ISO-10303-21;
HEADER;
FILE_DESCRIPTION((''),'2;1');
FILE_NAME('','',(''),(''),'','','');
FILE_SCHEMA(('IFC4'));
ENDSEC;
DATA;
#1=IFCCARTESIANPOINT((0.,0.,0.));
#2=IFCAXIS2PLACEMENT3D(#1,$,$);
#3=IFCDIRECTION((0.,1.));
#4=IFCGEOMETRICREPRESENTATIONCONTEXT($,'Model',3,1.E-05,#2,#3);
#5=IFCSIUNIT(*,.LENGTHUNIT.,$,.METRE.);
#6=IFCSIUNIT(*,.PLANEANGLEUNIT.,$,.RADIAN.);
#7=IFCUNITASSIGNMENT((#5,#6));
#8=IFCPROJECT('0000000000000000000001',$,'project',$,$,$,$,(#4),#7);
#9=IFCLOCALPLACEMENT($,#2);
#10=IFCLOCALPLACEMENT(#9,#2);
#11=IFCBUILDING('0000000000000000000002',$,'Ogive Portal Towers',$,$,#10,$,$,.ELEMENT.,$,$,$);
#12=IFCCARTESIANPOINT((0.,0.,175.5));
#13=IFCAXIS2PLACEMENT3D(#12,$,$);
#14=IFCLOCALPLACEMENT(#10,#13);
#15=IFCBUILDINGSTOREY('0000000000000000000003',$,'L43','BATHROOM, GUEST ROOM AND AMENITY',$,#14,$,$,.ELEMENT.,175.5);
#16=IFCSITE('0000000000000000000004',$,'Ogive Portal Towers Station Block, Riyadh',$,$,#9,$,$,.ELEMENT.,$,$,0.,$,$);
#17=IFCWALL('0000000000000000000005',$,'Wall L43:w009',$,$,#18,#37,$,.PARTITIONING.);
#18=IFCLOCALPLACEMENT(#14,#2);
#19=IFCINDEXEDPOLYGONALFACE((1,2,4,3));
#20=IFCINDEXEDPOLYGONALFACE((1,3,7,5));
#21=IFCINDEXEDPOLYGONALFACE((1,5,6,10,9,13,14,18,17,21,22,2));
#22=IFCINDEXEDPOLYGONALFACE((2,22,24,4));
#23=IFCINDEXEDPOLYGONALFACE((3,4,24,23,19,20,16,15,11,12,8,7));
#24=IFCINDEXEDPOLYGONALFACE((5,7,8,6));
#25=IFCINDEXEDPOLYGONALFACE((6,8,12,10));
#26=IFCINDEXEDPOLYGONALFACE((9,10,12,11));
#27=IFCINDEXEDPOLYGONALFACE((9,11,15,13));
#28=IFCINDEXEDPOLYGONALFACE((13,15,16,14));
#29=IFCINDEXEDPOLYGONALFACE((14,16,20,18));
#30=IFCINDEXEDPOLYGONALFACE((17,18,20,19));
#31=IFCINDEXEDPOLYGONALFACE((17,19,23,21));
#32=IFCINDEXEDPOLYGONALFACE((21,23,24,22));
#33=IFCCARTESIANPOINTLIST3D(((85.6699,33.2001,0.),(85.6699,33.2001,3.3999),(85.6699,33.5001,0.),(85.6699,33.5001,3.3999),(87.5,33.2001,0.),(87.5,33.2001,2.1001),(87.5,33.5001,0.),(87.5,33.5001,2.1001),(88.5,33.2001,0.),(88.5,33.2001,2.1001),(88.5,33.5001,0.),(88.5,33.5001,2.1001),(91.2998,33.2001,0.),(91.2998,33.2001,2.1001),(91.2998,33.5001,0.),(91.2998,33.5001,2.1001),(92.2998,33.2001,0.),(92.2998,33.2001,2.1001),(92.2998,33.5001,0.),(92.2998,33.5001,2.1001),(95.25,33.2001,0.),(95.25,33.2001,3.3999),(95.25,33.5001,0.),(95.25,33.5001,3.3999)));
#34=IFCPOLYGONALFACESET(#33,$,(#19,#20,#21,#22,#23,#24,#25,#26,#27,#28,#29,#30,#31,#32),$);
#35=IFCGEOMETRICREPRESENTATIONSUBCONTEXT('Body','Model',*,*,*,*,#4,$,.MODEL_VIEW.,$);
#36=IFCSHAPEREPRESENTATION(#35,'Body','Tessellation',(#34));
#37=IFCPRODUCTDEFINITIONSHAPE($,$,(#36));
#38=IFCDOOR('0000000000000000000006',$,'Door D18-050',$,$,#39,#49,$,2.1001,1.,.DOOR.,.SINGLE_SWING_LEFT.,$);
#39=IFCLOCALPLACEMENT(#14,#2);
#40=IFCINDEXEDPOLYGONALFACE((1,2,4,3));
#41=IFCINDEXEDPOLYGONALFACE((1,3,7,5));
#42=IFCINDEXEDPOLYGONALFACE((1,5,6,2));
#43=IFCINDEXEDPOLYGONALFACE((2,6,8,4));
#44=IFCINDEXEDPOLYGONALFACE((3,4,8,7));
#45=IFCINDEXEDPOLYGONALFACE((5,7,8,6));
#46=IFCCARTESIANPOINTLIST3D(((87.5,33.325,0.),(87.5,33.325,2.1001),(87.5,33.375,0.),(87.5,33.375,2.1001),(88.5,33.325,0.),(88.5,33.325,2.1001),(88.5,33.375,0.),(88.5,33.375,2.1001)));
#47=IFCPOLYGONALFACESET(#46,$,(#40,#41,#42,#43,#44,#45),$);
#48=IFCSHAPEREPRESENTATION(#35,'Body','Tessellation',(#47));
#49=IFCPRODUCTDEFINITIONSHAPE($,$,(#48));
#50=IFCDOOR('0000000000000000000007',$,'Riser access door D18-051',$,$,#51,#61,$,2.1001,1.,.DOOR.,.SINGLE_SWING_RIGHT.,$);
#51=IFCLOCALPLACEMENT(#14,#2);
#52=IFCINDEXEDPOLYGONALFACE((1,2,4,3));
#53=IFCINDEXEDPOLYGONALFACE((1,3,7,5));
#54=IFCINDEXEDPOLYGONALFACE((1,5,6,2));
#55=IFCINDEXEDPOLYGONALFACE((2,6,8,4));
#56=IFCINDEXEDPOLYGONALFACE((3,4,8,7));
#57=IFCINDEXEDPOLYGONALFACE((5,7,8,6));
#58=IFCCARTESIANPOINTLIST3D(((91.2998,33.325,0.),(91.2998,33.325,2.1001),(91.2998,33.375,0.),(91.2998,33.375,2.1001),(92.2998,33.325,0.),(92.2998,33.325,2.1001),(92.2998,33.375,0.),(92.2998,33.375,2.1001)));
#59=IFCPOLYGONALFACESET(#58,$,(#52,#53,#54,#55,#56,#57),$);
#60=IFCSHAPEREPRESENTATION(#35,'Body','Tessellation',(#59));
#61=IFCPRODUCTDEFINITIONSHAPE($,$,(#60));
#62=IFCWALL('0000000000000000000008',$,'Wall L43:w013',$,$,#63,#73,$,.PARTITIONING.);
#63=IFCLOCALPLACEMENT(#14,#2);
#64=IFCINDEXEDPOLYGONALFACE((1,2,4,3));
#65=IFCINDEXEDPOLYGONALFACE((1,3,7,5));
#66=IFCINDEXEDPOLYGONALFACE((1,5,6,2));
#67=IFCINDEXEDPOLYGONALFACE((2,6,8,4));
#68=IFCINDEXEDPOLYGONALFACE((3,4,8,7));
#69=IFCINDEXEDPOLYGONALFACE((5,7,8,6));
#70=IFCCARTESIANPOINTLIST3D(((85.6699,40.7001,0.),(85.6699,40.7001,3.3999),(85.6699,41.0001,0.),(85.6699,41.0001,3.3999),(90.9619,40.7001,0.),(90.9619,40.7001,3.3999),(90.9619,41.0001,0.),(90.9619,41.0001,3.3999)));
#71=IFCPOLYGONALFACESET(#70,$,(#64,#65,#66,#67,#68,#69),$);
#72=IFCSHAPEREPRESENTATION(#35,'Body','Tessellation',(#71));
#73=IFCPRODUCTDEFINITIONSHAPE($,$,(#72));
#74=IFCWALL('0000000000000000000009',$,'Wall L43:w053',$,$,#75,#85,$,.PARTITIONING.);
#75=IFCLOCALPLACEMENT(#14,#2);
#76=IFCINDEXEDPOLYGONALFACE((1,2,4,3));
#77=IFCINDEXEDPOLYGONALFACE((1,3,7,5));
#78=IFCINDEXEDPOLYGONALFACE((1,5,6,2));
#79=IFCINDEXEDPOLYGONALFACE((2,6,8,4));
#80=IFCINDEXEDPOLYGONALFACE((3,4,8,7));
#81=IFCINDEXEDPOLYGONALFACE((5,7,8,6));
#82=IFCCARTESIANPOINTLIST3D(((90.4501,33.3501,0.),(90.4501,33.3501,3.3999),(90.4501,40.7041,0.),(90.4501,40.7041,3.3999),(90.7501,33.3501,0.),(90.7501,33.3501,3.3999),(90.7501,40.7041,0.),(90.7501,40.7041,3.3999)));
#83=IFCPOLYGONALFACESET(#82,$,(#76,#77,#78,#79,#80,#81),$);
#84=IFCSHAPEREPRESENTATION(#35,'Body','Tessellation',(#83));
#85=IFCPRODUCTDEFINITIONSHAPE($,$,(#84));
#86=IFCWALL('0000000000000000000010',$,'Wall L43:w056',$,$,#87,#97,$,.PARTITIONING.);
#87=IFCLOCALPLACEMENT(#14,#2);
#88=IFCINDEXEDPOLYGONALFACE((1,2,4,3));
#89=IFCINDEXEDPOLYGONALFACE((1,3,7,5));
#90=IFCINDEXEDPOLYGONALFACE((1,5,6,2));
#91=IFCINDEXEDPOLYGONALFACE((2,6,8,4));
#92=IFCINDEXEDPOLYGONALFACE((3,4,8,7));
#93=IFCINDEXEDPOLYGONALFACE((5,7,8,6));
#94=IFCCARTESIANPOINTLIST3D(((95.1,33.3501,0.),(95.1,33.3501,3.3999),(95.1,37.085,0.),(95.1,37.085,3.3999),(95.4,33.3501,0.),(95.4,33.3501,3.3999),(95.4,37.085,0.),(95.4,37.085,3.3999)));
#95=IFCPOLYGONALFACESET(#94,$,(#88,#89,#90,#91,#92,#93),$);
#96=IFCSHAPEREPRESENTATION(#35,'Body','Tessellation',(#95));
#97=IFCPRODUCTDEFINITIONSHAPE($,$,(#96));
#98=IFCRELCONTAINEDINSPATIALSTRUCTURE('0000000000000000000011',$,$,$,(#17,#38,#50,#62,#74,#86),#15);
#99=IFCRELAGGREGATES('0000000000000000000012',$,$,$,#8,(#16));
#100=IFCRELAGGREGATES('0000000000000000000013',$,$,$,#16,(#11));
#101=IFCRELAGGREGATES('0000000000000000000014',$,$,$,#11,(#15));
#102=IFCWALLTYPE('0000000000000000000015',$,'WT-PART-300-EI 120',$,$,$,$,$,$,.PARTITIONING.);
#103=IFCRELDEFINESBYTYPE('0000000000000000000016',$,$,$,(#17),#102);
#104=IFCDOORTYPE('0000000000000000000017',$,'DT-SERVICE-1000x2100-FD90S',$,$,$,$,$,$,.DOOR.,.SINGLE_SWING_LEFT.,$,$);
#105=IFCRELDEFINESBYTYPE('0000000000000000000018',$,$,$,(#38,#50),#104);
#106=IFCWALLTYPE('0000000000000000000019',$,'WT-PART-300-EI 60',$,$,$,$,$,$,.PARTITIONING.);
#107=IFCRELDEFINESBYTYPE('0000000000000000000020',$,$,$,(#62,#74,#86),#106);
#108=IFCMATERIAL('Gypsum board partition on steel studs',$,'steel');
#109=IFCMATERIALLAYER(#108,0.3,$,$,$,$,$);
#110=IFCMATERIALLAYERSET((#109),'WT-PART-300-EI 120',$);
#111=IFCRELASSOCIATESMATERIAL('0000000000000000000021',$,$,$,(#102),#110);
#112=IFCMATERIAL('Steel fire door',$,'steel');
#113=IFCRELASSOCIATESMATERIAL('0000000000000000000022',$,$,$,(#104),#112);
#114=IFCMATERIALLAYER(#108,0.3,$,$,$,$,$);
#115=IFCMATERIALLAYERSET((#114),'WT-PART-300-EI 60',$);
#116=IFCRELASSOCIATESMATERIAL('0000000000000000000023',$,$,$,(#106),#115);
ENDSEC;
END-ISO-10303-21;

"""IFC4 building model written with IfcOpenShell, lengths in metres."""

from ifc_helpers import new_model, si_unit, direction, frame, frame_2d, origin, place, context, subcontext, project, spatial, rectangle, extrude, material, layer, layer_set, type_object, element, fill, save


model = new_model("IFC4")

# Units and contexts
model_context = context("Model", 3, precision=1e-05, world=origin(), true_north=direction((0.0, 1.0)))
body_context = subcontext(model_context, "Body", "Model", "MODEL_VIEW")
ifc_project = project(units=[si_unit("LENGTHUNIT", "METRE"), si_unit("PLANEANGLEUNIT", "RADIAN")], contexts=[model_context])

# Site, building, storey
site_placement = place(None, origin())
site = spatial("IfcSite", under=ifc_project, at=site_placement, Name="Ogive Portal Towers Station Block, Riyadh", CompositionType="ELEMENT", RefElevation=0.0)
building_placement = place(site_placement, origin())
building = spatial("IfcBuilding", under=site, at=building_placement, Name="Ogive Portal Towers", CompositionType="ELEMENT")
storey_placement = place(building_placement, frame((0.0, 0.0, 175.5)))
storey = spatial("IfcBuildingStorey", under=building, at=storey_placement, Name="L43", Description="BATHROOM, GUEST ROOM AND AMENITY", CompositionType="ELEMENT", Elevation=175.5)

# Wall, openings, doors
ifc_material_1 = material(Name="Gypsum board partition on steel studs", Category="steel")
ifc_layer_1 = layer(ifc_material_1, 0.3)
ifc_layer_set_1 = layer_set([ifc_layer_1], Name="WT-PART-300-EI 120")
wall_type_1 = type_object("IfcWallType", Name="WT-PART-300-EI 120", PredefinedType="PARTITIONING", material=ifc_layer_set_1)
wall_1_placement = place(storey_placement, frame((85.6699, 33.3501, 0.0), z_axis=(0.0, 0.0, 1.0), x_axis=(1.0, 0.0, 0.0)))
wall_1 = element("IfcWall", 1, at=wall_1_placement, inside=storey, type_object=wall_type_1, Name="Wall L43:w009", PredefinedType="PARTITIONING", context=body_context, shape_type="SweptSolid", body=[
    extrude(rectangle(XDim=9.5801, YDim=0.3, at=frame_2d((4.79, 0.0))), origin(), (0.0, 0.0, 1.0), 3.3999),
])
opening_1_placement = place(wall_1_placement, frame((1.8301, 0.0, 0.0)))
opening_1 = element("IfcOpeningElement", 2, at=opening_1_placement, cuts=wall_1, PredefinedType="OPENING", context=body_context, shape_type="SweptSolid", body=[
    extrude(rectangle(XDim=1.0, YDim=2.1001, at=frame_2d((0.5, 1.05))), frame((0.0, 0.1602, 0.0), z_axis=(0.0, -1.0, 0.0), x_axis=(1.0, 0.0, 0.0)), (0.0, 0.0, 1.0), 0.3201),
])
opening_2_placement = place(wall_1_placement, frame((5.6299, 0.0, 0.0)))
opening_2 = element("IfcOpeningElement", 3, at=opening_2_placement, cuts=wall_1, PredefinedType="OPENING", context=body_context, shape_type="SweptSolid", body=[
    extrude(rectangle(XDim=1.0, YDim=2.1001, at=frame_2d((0.5, 1.05))), frame((0.0, 0.1602, 0.0), z_axis=(0.0, -1.0, 0.0), x_axis=(1.0, 0.0, 0.0)), (0.0, 0.0, 1.0), 0.3201),
])
ifc_material_2 = material(Name="Steel fire door", Category="steel")
door_type = type_object("IfcDoorType", Name="DT-SERVICE-1000x2100-FD90S", OperationType="SINGLE_SWING_LEFT", PredefinedType="DOOR", material=ifc_material_2)
door_1_placement = place(opening_1_placement, origin())
door_1 = element("IfcDoor", 4, at=door_1_placement, inside=storey, type_object=door_type, Name="Door D18-050", OperationType="SINGLE_SWING_LEFT", OverallHeight=2.1001, OverallWidth=1.0, PredefinedType="DOOR", context=body_context, shape_type="SweptSolid", body=[
    extrude(rectangle(XDim=1.0, YDim=2.1001, at=frame_2d((0.5, 1.05))), frame((0.0, 0.0249, 0.0), z_axis=(0.0, -1.0, 0.0), x_axis=(1.0, 0.0, 0.0)), (0.0, 0.0, 1.0), 0.05),
])
fill(opening_1, door_1)
door_2_placement = place(opening_2_placement, origin())
door_2 = element("IfcDoor", 5, at=door_2_placement, inside=storey, type_object=door_type, Name="Riser access door D18-051", OperationType="SINGLE_SWING_RIGHT", OverallHeight=2.1001, OverallWidth=1.0, PredefinedType="DOOR", context=body_context, shape_type="SweptSolid", body=[
    extrude(rectangle(XDim=1.0, YDim=2.1001, at=frame_2d((0.5, 1.05))), frame((0.0, 0.0249, 0.0), z_axis=(0.0, -1.0, 0.0), x_axis=(1.0, 0.0, 0.0)), (0.0, 0.0, 1.0), 0.05),
])
fill(opening_2, door_2)

# Walls
ifc_layer_2 = layer(ifc_material_1, 0.3)
ifc_layer_set_2 = layer_set([ifc_layer_2], Name="WT-PART-300-EI 60")
wall_type_2 = type_object("IfcWallType", Name="WT-PART-300-EI 60", PredefinedType="PARTITIONING", material=ifc_layer_set_2)
wall_2_placement = place(storey_placement, frame((85.6699, 40.8501, 0.0), z_axis=(0.0, 0.0, 1.0), x_axis=(1.0, 0.0, 0.0)))
element("IfcWall", 6, at=wall_2_placement, inside=storey, type_object=wall_type_2, Name="Wall L43:w013", PredefinedType="PARTITIONING", context=body_context, shape_type="SweptSolid", body=[
    extrude(rectangle(XDim=5.292, YDim=0.3, at=frame_2d((2.646, 0.0))), origin(), (0.0, 0.0, 1.0), 3.3999),
])
wall_3_placement = place(storey_placement, frame((90.6001, 33.3501, 0.0), z_axis=(0.0, 0.0, 1.0), x_axis=(0.0, 1.0, 0.0)))
element("IfcWall", 7, at=wall_3_placement, inside=storey, type_object=wall_type_2, Name="Wall L43:w053", PredefinedType="PARTITIONING", context=body_context, shape_type="SweptSolid", body=[
    extrude(rectangle(XDim=7.354, YDim=0.3, at=frame_2d((3.677, 0.0))), origin(), (0.0, 0.0, 1.0), 3.3999),
])
wall_4_placement = place(storey_placement, frame((95.25, 33.3501, 0.0), z_axis=(0.0, 0.0, 1.0), x_axis=(0.0, 1.0, 0.0)))
element("IfcWall", 8, at=wall_4_placement, inside=storey, type_object=wall_type_2, Name="Wall L43:w056", PredefinedType="PARTITIONING", context=body_context, shape_type="SweptSolid", body=[
    extrude(rectangle(XDim=3.7349, YDim=0.3, at=frame_2d((1.8674, 0.0))), origin(), (0.0, 0.0, 1.0), 3.3999),
])

save(model, "model.ifc")
